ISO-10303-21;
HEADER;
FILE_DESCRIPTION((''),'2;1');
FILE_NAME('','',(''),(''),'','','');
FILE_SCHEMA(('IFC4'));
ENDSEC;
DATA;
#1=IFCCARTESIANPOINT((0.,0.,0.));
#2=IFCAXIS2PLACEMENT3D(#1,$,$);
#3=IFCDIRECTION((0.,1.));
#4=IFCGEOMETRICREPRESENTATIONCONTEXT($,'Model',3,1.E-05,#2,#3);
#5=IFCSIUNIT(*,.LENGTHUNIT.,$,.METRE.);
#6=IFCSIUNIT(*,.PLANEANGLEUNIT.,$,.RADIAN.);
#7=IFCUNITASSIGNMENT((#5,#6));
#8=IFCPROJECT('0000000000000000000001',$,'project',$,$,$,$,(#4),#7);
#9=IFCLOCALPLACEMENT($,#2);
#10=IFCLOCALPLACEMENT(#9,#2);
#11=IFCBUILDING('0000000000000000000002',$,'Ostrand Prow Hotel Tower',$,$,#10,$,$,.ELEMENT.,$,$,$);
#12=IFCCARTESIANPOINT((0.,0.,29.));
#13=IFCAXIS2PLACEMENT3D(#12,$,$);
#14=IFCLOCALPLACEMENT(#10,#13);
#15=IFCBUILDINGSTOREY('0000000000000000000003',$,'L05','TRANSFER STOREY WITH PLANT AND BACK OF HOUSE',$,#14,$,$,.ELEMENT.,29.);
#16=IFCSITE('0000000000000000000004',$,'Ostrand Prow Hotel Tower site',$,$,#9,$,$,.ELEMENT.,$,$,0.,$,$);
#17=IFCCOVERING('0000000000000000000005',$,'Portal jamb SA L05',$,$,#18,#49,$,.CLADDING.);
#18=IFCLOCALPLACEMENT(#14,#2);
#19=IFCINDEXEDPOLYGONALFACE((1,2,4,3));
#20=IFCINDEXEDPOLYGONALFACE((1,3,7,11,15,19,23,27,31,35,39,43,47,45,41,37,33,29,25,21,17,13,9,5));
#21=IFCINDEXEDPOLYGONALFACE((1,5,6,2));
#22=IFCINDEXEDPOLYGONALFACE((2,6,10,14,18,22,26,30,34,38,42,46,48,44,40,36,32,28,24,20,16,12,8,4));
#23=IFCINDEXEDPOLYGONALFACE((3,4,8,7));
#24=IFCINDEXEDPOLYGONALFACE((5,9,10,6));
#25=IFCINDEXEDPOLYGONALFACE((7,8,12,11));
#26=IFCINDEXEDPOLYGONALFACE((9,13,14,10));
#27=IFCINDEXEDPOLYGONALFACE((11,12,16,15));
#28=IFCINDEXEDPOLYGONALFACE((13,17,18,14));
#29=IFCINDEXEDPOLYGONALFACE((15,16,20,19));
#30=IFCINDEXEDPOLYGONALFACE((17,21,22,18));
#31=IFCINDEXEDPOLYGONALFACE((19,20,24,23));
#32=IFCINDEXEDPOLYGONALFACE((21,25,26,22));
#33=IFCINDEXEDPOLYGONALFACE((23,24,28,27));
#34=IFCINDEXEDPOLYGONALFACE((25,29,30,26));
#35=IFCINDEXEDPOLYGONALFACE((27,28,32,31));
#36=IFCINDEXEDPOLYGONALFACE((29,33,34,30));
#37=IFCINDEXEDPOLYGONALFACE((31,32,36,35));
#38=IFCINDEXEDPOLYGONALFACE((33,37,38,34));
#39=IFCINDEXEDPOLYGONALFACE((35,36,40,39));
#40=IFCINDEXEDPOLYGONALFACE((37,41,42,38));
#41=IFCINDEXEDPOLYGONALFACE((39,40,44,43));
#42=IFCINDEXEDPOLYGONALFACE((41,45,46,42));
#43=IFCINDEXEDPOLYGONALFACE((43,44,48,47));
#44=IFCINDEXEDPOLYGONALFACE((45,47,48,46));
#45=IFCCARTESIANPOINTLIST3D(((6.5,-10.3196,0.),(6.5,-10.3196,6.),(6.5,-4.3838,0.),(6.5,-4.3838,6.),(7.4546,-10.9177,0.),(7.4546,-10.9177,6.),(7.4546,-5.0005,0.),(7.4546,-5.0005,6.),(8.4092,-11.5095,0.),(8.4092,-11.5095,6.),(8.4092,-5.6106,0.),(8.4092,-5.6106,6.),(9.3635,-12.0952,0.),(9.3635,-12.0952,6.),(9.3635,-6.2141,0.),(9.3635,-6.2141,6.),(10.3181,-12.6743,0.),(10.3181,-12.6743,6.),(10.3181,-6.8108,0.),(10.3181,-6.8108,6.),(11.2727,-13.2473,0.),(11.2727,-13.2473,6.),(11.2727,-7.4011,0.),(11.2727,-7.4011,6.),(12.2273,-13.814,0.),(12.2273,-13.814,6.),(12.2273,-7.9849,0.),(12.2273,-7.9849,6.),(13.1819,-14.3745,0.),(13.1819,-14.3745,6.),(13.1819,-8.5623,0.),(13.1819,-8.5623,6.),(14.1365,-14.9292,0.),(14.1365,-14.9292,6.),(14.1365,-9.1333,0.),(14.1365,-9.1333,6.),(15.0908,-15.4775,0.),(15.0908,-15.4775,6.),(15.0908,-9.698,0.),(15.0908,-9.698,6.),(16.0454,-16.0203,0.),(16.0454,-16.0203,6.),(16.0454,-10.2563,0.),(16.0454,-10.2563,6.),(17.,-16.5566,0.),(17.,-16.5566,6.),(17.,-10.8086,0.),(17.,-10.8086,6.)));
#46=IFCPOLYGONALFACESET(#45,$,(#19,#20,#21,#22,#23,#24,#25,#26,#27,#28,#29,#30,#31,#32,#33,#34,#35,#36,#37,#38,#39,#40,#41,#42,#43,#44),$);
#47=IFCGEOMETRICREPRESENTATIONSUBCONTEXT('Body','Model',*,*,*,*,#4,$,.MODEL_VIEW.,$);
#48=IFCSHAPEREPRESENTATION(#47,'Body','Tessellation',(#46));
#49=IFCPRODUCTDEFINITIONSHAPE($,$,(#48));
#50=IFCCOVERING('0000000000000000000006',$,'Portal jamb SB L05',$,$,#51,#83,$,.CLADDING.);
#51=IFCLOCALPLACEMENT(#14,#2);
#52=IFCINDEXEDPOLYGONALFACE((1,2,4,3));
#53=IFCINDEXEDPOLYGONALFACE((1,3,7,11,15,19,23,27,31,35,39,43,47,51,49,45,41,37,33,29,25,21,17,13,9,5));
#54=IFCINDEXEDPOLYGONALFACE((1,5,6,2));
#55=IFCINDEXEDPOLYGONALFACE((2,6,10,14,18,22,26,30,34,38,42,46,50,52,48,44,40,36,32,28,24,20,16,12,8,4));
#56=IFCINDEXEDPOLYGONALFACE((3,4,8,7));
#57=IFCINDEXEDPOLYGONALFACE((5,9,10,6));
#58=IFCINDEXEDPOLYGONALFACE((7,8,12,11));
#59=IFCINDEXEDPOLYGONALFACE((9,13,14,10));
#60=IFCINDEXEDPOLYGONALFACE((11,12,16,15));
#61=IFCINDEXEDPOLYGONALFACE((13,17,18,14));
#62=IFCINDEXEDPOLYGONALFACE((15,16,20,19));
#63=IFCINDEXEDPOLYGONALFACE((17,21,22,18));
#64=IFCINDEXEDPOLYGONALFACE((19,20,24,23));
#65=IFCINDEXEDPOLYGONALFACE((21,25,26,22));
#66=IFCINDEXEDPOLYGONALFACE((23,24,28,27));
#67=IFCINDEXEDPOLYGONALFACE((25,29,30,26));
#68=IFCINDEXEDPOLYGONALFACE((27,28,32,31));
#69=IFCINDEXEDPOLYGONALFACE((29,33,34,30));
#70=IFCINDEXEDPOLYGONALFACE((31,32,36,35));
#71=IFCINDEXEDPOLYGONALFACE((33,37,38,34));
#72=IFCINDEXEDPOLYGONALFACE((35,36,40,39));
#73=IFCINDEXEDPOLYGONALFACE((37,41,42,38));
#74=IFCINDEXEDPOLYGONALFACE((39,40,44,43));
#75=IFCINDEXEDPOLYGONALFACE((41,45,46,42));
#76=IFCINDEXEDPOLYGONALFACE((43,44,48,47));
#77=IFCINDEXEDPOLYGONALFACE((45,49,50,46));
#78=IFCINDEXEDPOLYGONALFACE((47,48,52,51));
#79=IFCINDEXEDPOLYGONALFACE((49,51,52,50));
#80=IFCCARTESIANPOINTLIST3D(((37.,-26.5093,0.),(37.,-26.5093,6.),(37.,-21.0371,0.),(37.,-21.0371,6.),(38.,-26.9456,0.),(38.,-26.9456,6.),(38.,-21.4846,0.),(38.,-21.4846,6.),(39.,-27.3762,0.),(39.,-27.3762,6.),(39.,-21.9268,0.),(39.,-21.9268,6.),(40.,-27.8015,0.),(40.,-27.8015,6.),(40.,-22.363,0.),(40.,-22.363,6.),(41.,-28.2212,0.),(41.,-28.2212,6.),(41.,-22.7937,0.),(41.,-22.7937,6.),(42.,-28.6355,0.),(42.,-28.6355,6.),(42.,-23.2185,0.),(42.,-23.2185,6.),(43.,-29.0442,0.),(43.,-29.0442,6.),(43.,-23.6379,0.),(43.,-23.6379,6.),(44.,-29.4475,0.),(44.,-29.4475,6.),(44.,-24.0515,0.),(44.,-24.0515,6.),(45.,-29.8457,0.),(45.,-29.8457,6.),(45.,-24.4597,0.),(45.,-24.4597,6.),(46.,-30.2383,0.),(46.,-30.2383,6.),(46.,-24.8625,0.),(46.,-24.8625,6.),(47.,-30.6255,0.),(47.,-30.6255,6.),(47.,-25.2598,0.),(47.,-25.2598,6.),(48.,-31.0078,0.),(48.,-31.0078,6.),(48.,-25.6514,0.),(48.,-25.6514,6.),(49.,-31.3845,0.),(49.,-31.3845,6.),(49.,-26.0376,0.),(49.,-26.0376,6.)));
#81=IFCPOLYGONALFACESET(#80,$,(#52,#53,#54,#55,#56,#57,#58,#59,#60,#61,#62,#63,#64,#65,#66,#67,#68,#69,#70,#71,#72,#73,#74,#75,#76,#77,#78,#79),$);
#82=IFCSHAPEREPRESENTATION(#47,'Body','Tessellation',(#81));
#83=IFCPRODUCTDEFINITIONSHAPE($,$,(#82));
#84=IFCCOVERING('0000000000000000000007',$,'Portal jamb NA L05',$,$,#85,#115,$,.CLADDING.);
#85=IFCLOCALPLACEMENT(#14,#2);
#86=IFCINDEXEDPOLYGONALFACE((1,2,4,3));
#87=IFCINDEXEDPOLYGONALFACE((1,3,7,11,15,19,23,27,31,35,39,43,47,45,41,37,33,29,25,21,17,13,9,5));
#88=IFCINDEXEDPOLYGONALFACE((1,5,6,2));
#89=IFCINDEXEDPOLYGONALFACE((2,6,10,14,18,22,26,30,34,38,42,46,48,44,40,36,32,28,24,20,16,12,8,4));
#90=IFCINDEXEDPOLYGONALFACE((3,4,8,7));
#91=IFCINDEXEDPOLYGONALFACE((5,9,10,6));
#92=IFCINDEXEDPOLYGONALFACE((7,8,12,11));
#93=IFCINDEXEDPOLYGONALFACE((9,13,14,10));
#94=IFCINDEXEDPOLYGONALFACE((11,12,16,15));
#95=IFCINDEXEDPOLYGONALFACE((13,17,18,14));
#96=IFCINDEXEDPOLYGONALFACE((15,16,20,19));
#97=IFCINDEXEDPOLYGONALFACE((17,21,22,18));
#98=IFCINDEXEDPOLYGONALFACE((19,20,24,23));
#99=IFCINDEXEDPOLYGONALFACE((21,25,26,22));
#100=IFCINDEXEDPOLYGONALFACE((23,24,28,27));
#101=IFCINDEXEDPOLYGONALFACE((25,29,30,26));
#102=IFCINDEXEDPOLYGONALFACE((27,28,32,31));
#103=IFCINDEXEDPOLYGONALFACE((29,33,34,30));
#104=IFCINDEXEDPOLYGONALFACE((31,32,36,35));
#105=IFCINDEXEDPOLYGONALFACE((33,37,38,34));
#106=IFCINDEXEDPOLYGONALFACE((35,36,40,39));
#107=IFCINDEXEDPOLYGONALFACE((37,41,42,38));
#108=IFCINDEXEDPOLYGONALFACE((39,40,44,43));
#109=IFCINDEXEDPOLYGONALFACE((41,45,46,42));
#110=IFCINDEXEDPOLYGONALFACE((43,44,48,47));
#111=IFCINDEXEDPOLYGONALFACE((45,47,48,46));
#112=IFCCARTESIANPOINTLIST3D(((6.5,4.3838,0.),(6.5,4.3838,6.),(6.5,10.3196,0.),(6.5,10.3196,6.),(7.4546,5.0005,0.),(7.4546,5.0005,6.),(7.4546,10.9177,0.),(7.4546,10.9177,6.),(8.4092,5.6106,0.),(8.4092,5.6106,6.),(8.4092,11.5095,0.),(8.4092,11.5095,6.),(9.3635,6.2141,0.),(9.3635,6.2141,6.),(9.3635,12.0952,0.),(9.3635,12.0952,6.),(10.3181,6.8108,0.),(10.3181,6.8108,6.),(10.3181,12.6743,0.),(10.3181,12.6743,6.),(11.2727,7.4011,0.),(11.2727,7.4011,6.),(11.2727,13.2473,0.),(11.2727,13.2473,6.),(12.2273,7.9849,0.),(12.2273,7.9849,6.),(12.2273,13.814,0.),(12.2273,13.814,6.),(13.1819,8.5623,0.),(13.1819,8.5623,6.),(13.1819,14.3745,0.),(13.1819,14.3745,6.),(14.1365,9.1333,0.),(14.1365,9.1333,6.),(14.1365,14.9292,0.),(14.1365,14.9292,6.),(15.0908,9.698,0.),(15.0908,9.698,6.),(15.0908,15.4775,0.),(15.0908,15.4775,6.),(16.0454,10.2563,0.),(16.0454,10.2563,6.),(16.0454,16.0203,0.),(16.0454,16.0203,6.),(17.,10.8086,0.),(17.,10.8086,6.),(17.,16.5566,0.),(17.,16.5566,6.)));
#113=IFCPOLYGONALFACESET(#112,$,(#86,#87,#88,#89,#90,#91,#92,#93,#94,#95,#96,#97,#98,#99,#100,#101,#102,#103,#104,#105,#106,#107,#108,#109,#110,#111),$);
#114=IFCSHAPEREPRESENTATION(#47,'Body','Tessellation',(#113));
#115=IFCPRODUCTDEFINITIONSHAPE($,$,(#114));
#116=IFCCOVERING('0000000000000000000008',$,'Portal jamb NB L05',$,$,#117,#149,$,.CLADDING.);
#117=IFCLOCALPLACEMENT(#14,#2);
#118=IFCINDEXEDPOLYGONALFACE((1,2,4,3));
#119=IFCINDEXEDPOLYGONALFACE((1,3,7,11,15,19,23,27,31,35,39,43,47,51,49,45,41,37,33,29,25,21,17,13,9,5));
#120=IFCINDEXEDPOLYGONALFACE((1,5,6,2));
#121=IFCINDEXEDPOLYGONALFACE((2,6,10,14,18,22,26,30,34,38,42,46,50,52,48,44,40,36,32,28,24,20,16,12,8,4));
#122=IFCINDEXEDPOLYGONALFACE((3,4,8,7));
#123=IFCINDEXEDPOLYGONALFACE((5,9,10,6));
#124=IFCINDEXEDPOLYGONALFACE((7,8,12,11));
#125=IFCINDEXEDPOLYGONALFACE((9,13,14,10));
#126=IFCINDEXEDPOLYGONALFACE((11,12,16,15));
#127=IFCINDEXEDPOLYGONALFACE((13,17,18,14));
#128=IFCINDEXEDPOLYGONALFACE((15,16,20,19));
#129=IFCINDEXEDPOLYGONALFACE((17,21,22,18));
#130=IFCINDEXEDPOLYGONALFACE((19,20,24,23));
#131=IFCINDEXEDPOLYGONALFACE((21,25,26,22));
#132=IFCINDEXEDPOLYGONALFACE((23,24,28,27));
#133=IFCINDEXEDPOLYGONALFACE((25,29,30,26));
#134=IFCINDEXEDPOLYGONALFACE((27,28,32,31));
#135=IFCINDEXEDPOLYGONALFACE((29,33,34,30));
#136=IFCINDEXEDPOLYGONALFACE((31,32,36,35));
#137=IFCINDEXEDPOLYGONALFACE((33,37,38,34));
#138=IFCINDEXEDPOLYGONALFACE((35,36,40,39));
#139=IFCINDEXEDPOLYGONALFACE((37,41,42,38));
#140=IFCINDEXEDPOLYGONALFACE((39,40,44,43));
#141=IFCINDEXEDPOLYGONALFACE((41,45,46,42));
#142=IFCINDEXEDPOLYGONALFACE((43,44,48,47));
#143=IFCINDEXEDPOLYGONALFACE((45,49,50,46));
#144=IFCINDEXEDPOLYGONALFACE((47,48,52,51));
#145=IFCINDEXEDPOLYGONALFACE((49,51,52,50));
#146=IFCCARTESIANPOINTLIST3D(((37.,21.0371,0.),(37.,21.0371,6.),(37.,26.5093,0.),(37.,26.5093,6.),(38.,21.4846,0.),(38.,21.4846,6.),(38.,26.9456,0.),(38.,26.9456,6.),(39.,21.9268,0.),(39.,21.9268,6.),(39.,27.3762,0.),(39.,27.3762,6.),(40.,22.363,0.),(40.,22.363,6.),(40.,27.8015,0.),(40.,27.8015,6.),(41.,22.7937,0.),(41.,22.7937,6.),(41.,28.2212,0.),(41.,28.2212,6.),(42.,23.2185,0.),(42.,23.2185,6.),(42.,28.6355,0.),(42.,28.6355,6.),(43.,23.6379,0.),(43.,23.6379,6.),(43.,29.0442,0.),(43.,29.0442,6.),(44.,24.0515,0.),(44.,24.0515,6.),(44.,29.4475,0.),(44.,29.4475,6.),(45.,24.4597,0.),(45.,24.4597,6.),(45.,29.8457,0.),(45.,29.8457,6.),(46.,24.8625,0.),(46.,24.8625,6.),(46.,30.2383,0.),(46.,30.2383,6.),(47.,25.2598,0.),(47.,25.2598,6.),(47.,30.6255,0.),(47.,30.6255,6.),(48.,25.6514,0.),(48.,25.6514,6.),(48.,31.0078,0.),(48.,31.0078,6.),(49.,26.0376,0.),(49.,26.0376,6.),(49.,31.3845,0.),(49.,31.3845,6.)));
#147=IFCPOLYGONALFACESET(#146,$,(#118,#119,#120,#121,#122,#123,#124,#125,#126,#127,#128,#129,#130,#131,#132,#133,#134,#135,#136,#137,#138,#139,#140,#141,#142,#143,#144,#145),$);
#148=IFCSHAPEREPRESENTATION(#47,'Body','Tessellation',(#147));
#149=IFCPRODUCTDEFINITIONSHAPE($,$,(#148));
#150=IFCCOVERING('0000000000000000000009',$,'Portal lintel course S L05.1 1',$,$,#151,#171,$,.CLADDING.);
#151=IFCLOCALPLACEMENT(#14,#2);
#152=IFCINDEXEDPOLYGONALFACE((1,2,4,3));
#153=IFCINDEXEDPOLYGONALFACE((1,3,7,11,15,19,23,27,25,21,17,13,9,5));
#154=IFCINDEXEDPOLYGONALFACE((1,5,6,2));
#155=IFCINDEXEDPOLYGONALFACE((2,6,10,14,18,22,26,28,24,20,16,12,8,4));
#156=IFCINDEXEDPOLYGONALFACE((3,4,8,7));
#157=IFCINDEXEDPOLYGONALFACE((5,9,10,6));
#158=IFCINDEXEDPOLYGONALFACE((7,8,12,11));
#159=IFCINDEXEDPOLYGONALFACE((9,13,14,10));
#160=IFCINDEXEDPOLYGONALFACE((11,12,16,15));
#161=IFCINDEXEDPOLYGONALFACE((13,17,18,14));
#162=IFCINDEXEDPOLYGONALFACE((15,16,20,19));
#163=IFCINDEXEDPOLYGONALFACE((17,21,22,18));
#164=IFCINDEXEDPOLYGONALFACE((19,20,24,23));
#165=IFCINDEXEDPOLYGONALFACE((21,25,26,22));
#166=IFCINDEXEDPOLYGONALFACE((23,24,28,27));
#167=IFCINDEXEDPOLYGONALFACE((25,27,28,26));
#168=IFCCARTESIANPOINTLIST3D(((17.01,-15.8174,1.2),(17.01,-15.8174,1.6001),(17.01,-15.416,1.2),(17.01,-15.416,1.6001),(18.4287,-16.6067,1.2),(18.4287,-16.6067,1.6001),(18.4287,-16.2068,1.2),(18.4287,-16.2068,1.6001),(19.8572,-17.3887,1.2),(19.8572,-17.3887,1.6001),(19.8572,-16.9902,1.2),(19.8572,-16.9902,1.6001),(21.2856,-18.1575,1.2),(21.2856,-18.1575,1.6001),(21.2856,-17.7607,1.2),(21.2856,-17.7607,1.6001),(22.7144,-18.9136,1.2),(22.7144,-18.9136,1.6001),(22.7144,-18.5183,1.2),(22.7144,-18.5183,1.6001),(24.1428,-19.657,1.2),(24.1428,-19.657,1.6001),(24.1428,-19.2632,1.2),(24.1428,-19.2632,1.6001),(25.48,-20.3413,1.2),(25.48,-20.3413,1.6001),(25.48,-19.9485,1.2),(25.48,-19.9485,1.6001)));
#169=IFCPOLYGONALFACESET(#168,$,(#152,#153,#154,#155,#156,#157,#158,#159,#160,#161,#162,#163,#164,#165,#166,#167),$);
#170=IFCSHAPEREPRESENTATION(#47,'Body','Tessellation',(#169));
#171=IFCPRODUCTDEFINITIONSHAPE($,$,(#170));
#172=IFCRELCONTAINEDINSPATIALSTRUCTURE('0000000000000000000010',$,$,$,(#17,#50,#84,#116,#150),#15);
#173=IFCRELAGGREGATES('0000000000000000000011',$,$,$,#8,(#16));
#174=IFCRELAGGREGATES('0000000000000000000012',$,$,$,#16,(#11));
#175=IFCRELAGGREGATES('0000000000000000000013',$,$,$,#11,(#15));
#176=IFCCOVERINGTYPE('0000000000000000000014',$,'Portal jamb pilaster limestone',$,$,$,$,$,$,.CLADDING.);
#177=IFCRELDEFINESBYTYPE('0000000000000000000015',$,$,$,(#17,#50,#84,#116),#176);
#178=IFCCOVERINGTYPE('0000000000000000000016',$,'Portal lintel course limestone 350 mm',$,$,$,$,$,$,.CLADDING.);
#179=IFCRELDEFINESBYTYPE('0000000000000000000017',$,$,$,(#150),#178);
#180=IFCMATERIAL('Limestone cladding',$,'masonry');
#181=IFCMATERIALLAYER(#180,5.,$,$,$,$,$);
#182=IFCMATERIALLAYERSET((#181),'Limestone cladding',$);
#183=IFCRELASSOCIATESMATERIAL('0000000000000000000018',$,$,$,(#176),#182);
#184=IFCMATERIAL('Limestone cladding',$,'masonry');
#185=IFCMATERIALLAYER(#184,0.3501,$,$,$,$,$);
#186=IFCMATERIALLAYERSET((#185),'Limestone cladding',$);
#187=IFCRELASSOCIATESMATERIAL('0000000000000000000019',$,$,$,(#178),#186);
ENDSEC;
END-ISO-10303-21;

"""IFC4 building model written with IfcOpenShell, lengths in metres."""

from ifc_helpers import new_model, si_unit, direction, frame, origin, place, context, subcontext, project, spatial, polyline, outline, extrude, material, layer, layer_set, type_object, element, save


model = new_model("IFC4")

# Units and contexts
model_context = context("Model", 3, precision=1e-05, world=origin(), true_north=direction((0.0, 1.0)))
body_context = subcontext(model_context, "Body", "Model", "MODEL_VIEW")
ifc_project = project(units=[si_unit("LENGTHUNIT", "METRE"), si_unit("PLANEANGLEUNIT", "RADIAN")], contexts=[model_context])

# Site, building, storey
site_placement = place(None, origin())
site = spatial("IfcSite", under=ifc_project, at=site_placement, Name="Ostrand Prow Hotel Tower site", CompositionType="ELEMENT", RefElevation=0.0)
building_placement = place(site_placement, origin())
building = spatial("IfcBuilding", under=site, at=building_placement, Name="Ostrand Prow Hotel Tower", CompositionType="ELEMENT")
storey_placement = place(building_placement, frame((0.0, 0.0, 29.0)))
storey = spatial("IfcBuildingStorey", under=building, at=storey_placement, Name="L05", Description="TRANSFER STOREY WITH PLANT AND BACK OF HOUSE", CompositionType="ELEMENT", Elevation=29.0)

# Coverings
ifc_material_1 = material(Name="Limestone cladding", Category="masonry")
ifc_layer_1 = layer(ifc_material_1, 5.0)
ifc_layer_set_1 = layer_set([ifc_layer_1], Name="Limestone cladding")
covering_type_1 = type_object("IfcCoveringType", Name="Portal jamb pilaster limestone", PredefinedType="CLADDING", material=ifc_layer_set_1)
covering_1_placement = place(storey_placement, origin())
element("IfcCovering", 1, at=covering_1_placement, inside=storey, type_object=covering_type_1, Name="Portal jamb SA L05", PredefinedType="CLADDING", context=body_context, shape_type="SweptSolid", body=[
    extrude(outline(polyline([(6.5, -4.3838), (6.5, -10.3196), (7.4546, -10.9177), (8.4092, -11.5095), (9.3635, -12.0952), (10.3181, -12.6743), (11.2727, -13.2473), (12.2273, -13.814), (13.1819, -14.3745), (14.1365, -14.9292), (15.0908, -15.4775), (16.0454, -16.0203), (17.0, -16.5566), (17.0, -10.8086), (16.0454, -10.2563), (15.0908, -9.698), (14.1365, -9.1333), (13.1819, -8.5623), (12.2273, -7.9849), (11.2727, -7.4011), (10.3181, -6.8108), (9.3635, -6.2141), (8.4092, -5.6106), (7.4546, -5.0005), (6.5, -4.3838)])), origin(), (0.0, 0.0, 1.0), 6.0),
])
covering_2_placement = place(storey_placement, origin())
element("IfcCovering", 2, at=covering_2_placement, inside=storey, type_object=covering_type_1, Name="Portal jamb SB L05", PredefinedType="CLADDING", context=body_context, shape_type="SweptSolid", body=[
    extrude(outline(polyline([(37.0, -21.0371), (37.0, -26.5093), (38.0, -26.9456), (39.0, -27.3762), (40.0, -27.8015), (41.0, -28.2212), (42.0, -28.6355), (43.0, -29.0442), (44.0, -29.4475), (45.0, -29.8457), (46.0, -30.2383), (47.0, -30.6255), (48.0, -31.0078), (49.0, -31.3845), (49.0, -26.0376), (48.0, -25.6514), (47.0, -25.2598), (46.0, -24.8625), (45.0, -24.4597), (44.0, -24.0515), (43.0, -23.6379), (42.0, -23.2185), (41.0, -22.7937), (40.0, -22.363), (39.0, -21.9268), (38.0, -21.4846), (37.0, -21.0371)])), origin(), (0.0, 0.0, 1.0), 6.0),
])
covering_3_placement = place(storey_placement, origin())
element("IfcCovering", 3, at=covering_3_placement, inside=storey, type_object=covering_type_1, Name="Portal jamb NA L05", PredefinedType="CLADDING", context=body_context, shape_type="SweptSolid", body=[
    extrude(outline(polyline([(6.5, 4.3838), (7.4546, 5.0005), (8.4092, 5.6106), (9.3635, 6.2141), (10.3181, 6.8108), (11.2727, 7.4011), (12.2273, 7.9849), (13.1819, 8.5623), (14.1365, 9.1333), (15.0908, 9.698), (16.0454, 10.2563), (17.0, 10.8086), (17.0, 16.5566), (16.0454, 16.0203), (15.0908, 15.4775), (14.1365, 14.9292), (13.1819, 14.3745), (12.2273, 13.814), (11.2727, 13.2473), (10.3181, 12.6743), (9.3635, 12.0952), (8.4092, 11.5095), (7.4546, 10.9177), (6.5, 10.3196), (6.5, 4.3838)])), origin(), (0.0, 0.0, 1.0), 6.0),
])
covering_4_placement = place(storey_placement, origin())
element("IfcCovering", 4, at=covering_4_placement, inside=storey, type_object=covering_type_1, Name="Portal jamb NB L05", PredefinedType="CLADDING", context=body_context, shape_type="SweptSolid", body=[
    extrude(outline(polyline([(37.0, 21.0371), (38.0, 21.4846), (39.0, 21.9268), (40.0, 22.363), (41.0, 22.7937), (42.0, 23.2185), (43.0, 23.6379), (44.0, 24.0515), (45.0, 24.4597), (46.0, 24.8625), (47.0, 25.2598), (48.0, 25.6514), (49.0, 26.0376), (49.0, 31.3845), (48.0, 31.0078), (47.0, 30.6255), (46.0, 30.2383), (45.0, 29.8457), (44.0, 29.4475), (43.0, 29.0442), (42.0, 28.6355), (41.0, 28.2212), (40.0, 27.8015), (39.0, 27.3762), (38.0, 26.9456), (37.0, 26.5093), (37.0, 21.0371)])), origin(), (0.0, 0.0, 1.0), 6.0),
])
ifc_material_2 = material(Name="Limestone cladding", Category="masonry")
ifc_layer_2 = layer(ifc_material_2, 0.3501)
ifc_layer_set_2 = layer_set([ifc_layer_2], Name="Limestone cladding")
covering_type_2 = type_object("IfcCoveringType", Name="Portal lintel course limestone 350 mm", PredefinedType="CLADDING", material=ifc_layer_set_2)
covering_5_placement = place(storey_placement, frame((0.0, 0.0, 1.2)))
element("IfcCovering", 5, at=covering_5_placement, inside=storey, type_object=covering_type_2, Name="Portal lintel course S L05.1 1", PredefinedType="CLADDING", context=body_context, shape_type="SweptSolid", body=[
    extrude(outline(polyline([(24.1428, -19.657), (25.48, -20.3413), (25.48, -19.9485), (24.1428, -19.2632), (22.7144, -18.5183), (21.2856, -17.7607), (19.8572, -16.9902), (18.4287, -16.2068), (17.01, -15.416), (17.01, -15.8174), (18.4287, -16.6067), (19.8572, -17.3887), (21.2856, -18.1575), (22.7144, -18.9136), (24.1428, -19.657)])), origin(), (0.0, 0.0, 1.0), 0.4001),
])

save(model, "model.ifc")
